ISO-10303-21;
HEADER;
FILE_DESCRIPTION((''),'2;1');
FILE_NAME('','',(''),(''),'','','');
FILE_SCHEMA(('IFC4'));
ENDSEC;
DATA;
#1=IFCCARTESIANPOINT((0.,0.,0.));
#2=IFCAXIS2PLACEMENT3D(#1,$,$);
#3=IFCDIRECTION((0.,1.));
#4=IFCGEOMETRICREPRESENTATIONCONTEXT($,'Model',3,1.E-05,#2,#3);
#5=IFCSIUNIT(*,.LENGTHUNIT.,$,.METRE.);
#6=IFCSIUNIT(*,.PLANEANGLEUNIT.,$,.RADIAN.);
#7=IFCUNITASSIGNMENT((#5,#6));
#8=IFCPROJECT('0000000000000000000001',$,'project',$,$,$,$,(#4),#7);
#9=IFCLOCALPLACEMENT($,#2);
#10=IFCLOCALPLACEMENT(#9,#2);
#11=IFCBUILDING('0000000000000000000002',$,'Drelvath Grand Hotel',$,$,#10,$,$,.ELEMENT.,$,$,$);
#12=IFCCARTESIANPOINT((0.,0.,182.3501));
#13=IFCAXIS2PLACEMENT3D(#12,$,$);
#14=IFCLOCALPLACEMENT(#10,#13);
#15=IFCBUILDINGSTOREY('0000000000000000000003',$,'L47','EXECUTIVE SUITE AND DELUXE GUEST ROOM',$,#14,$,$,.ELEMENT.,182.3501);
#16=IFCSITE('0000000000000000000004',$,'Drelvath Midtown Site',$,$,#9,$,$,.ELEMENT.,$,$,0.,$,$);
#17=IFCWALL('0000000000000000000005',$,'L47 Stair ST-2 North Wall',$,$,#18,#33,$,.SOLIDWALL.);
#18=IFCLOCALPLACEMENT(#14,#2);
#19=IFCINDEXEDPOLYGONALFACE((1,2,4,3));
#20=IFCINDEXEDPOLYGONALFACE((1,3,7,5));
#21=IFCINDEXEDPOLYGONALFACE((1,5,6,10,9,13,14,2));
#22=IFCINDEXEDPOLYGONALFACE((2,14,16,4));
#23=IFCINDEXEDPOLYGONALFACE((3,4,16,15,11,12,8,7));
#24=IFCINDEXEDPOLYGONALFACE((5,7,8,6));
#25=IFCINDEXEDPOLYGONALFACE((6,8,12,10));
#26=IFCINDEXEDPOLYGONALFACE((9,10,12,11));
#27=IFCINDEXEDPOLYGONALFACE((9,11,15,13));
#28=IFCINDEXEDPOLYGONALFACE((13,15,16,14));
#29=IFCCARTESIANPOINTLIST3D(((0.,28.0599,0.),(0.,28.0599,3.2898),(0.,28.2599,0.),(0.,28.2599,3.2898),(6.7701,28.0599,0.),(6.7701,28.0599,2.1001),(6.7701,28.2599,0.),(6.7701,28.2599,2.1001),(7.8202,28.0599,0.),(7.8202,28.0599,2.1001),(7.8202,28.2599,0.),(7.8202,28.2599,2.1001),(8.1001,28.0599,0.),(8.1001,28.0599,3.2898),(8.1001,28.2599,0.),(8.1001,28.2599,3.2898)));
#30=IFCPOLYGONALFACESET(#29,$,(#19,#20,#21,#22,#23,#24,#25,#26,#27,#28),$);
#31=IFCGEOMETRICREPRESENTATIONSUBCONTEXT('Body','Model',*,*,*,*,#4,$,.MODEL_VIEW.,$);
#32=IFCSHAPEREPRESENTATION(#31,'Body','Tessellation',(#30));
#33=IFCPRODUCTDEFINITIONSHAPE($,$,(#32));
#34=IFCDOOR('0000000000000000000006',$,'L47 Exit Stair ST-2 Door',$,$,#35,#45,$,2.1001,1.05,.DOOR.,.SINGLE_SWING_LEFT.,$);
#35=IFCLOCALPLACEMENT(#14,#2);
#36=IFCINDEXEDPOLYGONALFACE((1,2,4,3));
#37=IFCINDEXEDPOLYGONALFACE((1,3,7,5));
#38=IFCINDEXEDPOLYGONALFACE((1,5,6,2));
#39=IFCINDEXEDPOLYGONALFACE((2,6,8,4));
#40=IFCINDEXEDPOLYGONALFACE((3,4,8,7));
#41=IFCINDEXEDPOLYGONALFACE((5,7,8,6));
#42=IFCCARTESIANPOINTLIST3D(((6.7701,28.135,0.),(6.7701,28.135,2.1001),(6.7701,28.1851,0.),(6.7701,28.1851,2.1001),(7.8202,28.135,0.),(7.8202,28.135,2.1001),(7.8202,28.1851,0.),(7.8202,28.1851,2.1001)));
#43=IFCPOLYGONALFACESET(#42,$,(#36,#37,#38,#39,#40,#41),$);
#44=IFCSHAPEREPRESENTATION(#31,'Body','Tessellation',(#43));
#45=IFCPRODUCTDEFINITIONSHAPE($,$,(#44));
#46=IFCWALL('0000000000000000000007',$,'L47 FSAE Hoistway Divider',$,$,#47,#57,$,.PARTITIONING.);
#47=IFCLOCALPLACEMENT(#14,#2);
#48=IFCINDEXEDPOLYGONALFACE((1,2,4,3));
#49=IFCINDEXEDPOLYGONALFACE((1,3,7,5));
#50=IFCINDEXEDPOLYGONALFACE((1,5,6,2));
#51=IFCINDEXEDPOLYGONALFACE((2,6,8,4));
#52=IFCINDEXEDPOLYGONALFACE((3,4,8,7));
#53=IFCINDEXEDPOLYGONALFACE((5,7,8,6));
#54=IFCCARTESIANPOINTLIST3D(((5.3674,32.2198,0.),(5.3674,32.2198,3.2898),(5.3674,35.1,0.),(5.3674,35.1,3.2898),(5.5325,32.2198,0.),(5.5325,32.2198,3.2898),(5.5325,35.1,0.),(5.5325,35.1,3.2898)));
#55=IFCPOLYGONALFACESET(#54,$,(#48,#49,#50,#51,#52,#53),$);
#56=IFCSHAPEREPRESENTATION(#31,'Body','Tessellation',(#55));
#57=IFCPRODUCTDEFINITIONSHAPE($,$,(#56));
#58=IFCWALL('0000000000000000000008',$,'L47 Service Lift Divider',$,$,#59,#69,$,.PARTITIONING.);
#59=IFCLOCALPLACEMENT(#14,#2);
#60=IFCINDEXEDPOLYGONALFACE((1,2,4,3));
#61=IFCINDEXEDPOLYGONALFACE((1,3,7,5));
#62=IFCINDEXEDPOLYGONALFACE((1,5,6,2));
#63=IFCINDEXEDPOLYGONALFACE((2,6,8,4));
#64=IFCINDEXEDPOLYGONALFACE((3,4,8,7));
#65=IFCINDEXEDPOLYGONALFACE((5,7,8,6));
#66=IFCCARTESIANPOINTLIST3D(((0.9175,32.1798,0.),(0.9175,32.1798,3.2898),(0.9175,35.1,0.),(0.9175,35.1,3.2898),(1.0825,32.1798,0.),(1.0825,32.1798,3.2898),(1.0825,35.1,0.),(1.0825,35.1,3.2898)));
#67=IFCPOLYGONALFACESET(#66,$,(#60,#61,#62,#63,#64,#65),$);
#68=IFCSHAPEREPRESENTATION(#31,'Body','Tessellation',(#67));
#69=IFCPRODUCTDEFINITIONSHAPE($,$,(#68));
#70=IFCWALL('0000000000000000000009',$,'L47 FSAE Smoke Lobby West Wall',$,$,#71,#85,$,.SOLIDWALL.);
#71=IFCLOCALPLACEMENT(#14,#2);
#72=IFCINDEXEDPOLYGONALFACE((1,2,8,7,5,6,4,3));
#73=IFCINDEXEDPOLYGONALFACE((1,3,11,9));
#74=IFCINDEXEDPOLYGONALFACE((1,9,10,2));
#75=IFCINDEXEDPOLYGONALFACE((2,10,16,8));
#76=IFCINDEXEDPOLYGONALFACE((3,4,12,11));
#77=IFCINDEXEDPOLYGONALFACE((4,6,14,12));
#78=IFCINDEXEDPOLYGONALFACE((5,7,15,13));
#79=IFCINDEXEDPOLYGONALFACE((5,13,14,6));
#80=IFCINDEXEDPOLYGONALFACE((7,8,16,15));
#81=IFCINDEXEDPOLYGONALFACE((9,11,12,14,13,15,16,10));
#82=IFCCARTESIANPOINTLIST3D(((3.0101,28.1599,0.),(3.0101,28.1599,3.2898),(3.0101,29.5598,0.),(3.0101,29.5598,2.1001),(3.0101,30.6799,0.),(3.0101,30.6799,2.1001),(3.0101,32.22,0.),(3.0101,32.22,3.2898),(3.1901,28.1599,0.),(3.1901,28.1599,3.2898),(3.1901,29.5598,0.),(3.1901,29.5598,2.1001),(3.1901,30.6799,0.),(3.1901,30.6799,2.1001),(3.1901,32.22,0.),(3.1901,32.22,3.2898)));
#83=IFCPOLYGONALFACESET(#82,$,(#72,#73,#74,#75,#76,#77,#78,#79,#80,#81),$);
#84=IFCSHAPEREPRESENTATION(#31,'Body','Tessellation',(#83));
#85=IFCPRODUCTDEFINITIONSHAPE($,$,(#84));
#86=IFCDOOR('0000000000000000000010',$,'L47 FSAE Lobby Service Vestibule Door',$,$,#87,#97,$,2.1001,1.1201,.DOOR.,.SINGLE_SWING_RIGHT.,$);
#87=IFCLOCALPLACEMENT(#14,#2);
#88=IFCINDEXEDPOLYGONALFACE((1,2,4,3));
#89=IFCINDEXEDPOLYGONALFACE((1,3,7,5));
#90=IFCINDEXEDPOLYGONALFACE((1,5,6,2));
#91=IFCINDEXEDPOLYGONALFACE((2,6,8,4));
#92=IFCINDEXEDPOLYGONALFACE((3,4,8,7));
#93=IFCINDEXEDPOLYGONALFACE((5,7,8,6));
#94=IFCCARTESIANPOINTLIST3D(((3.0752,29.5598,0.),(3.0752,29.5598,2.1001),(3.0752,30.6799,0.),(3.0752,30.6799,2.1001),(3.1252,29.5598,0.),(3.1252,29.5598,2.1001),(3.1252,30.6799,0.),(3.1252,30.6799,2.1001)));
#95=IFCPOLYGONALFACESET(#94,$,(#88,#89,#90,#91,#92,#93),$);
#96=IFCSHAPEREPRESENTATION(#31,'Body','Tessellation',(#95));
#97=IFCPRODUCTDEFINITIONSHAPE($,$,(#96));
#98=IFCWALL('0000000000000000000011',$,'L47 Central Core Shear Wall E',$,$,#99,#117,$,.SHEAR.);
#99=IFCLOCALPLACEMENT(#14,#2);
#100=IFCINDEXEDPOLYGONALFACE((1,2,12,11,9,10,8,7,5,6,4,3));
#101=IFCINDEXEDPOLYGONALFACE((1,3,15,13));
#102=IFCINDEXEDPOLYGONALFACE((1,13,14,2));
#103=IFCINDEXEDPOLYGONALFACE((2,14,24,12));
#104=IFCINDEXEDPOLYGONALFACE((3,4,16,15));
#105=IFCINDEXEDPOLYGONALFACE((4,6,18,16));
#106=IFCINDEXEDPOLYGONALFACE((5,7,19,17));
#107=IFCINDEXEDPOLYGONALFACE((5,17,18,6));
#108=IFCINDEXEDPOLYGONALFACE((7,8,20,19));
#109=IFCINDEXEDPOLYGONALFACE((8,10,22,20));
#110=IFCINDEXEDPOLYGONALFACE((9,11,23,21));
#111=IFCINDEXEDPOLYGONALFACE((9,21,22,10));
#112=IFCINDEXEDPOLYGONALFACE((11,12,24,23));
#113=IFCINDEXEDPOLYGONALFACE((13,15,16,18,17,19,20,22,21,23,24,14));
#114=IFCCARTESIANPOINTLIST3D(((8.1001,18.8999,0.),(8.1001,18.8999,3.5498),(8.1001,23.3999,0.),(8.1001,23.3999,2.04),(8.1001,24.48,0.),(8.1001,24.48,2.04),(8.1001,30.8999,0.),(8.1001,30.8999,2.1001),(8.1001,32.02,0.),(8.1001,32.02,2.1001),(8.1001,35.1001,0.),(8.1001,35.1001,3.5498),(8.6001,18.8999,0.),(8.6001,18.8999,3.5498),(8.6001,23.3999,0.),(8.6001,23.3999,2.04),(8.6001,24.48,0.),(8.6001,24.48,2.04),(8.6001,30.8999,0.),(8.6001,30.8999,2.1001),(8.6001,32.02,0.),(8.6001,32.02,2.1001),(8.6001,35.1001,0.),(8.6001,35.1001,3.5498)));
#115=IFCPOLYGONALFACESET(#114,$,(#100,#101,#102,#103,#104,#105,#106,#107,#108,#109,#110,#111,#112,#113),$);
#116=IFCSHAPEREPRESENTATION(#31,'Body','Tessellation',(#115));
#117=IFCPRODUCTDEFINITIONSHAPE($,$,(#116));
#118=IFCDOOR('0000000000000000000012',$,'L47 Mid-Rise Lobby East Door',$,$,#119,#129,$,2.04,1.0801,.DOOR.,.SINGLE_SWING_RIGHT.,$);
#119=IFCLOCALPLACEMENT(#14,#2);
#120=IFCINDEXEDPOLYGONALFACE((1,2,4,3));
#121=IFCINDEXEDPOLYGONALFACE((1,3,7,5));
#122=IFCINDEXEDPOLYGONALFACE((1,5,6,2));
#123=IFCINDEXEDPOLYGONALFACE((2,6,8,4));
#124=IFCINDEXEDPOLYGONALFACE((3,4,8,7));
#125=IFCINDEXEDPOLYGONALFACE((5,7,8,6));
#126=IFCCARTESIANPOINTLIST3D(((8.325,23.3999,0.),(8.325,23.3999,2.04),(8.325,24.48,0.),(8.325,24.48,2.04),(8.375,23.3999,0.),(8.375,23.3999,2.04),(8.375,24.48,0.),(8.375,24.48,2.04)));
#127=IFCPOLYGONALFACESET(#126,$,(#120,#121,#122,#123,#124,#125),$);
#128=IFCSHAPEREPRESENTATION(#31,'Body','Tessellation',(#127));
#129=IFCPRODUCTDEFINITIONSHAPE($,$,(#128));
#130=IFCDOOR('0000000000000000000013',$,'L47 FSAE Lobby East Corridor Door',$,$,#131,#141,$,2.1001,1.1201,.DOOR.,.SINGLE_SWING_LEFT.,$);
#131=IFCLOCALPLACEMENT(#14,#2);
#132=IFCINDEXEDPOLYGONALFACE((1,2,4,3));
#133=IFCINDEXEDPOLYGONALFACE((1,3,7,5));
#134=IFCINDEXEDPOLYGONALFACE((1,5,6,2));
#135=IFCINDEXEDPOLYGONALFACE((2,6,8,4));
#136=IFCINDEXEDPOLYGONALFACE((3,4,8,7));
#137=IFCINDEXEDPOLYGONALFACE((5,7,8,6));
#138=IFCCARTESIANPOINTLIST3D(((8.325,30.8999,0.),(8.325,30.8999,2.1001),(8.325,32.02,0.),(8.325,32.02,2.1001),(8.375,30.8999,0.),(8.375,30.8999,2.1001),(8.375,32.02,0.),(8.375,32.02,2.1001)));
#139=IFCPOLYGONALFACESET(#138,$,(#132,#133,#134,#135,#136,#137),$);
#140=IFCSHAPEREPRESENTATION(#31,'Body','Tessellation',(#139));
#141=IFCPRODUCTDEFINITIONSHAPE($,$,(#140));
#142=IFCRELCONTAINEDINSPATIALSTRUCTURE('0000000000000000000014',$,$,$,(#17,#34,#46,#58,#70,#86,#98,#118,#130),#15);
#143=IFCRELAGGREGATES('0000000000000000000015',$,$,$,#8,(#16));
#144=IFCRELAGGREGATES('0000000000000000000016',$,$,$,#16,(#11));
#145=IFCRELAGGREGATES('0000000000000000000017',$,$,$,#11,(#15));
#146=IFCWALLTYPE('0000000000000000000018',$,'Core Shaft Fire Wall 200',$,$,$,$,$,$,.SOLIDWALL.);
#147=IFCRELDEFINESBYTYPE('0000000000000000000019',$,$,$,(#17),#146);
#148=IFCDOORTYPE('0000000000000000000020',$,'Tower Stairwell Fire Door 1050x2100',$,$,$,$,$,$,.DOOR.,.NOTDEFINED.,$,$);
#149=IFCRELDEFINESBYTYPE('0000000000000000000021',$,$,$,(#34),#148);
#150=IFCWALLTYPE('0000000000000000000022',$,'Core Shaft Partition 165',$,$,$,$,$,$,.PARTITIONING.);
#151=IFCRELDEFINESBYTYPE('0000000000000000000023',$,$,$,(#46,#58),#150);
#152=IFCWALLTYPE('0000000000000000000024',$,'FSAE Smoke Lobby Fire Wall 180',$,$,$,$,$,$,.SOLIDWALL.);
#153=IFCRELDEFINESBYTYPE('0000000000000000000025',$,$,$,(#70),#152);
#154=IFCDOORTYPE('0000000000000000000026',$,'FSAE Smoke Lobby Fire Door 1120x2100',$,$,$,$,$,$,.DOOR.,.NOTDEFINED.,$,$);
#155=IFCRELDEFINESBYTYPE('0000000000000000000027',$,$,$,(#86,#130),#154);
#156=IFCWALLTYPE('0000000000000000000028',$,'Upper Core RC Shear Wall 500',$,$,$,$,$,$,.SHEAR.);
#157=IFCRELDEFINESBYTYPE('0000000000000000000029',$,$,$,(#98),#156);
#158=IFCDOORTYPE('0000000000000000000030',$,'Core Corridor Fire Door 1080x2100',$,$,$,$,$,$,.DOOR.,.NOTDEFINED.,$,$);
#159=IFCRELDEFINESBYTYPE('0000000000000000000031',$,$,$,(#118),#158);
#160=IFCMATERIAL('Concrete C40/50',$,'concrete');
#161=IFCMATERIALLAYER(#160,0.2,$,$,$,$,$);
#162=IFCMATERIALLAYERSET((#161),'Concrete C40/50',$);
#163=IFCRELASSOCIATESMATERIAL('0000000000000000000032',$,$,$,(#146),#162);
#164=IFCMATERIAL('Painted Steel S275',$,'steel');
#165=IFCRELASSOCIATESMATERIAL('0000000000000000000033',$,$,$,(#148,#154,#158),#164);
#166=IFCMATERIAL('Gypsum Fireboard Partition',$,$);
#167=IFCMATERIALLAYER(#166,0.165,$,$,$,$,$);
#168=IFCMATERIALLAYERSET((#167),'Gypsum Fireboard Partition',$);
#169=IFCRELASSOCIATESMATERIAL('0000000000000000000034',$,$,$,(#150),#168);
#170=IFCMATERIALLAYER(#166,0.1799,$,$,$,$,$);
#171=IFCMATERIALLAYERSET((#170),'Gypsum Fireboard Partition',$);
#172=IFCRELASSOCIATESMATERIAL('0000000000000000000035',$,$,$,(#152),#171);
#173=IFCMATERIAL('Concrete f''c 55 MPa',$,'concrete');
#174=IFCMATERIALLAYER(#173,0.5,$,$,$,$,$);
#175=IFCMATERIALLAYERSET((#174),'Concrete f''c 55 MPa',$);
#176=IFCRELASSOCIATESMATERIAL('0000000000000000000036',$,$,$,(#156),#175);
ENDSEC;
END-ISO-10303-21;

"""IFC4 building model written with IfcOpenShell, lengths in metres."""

from ifc_helpers import new_model, si_unit, direction, frame, frame_2d, origin, place, context, subcontext, project, spatial, rectangle, extrude, material, layer, layer_set, type_object, element, fill, save


model = new_model("IFC4")

# Units and contexts
model_context = context("Model", 3, precision=1e-05, world=origin(), true_north=direction((0.0, 1.0)))
body_context = subcontext(model_context, "Body", "Model", "MODEL_VIEW")
ifc_project = project(units=[si_unit("LENGTHUNIT", "METRE"), si_unit("PLANEANGLEUNIT", "RADIAN")], contexts=[model_context])

# Site, building, storey
site_placement = place(None, origin())
site = spatial("IfcSite", under=ifc_project, at=site_placement, Name="Drelvath Midtown Site", CompositionType="ELEMENT", RefElevation=0.0)
building_placement = place(site_placement, origin())
building = spatial("IfcBuilding", under=site, at=building_placement, Name="Drelvath Grand Hotel", CompositionType="ELEMENT")
storey_placement = place(building_placement, frame((0.0, 0.0, 182.3501)))
storey = spatial("IfcBuildingStorey", under=building, at=storey_placement, Name="L47", Description="EXECUTIVE SUITE AND DELUXE GUEST ROOM", CompositionType="ELEMENT", Elevation=182.3501)

# Shared definitions
ifc_material_1 = material(Name="Concrete f'c 55 MPa", Category="concrete")

# Shared definitions
ifc_material_2 = material(Name="Concrete C40/50", Category="concrete")

# Wall, opening, door
ifc_layer_1 = layer(ifc_material_2, 0.2)
ifc_layer_set_1 = layer_set([ifc_layer_1], Name="Concrete C40/50")
wall_type_1 = type_object("IfcWallType", Name="Core Shaft Fire Wall 200", PredefinedType="SOLIDWALL", material=ifc_layer_set_1)
wall_1_placement = place(storey_placement, frame((8.1001, 28.1599, 0.0), z_axis=(0.0, 0.0, 1.0), x_axis=(-1.0, 0.0, 0.0)))
wall_1 = element("IfcWall", 1, at=wall_1_placement, inside=storey, type_object=wall_type_1, Name="L47 Stair ST-2 North Wall", PredefinedType="SOLIDWALL", context=body_context, shape_type="SweptSolid", body=[
    extrude(rectangle(XDim=8.1001, YDim=0.2, at=frame_2d((4.05, 0.0))), origin(), (0.0, 0.0, 1.0), 3.2898),
])
opening_1_placement = place(wall_1_placement, frame((0.28, 0.0, 0.0)))
opening_1 = element("IfcOpeningElement", 2, at=opening_1_placement, cuts=wall_1, PredefinedType="OPENING", context=body_context, shape_type="SweptSolid", body=[
    extrude(rectangle(XDim=1.05, YDim=2.1001, at=frame_2d((0.5249, 1.05))), frame((0.0, 0.1099, 0.0), z_axis=(0.0, -1.0, 0.0), x_axis=(1.0, 0.0, 0.0)), (0.0, 0.0, 1.0), 0.22),
])
ifc_material_3 = material(Name="Painted Steel S275", Category="steel")
door_type_1 = type_object("IfcDoorType", Name="Tower Stairwell Fire Door 1050x2100", OperationType="NOTDEFINED", PredefinedType="DOOR", material=ifc_material_3)
door_1_placement = place(opening_1_placement, origin())
door_1 = element("IfcDoor", 3, at=door_1_placement, inside=storey, type_object=door_type_1, Name="L47 Exit Stair ST-2 Door", OperationType="SINGLE_SWING_LEFT", OverallHeight=2.1001, OverallWidth=1.05, PredefinedType="DOOR", context=body_context, shape_type="SweptSolid", body=[
    extrude(rectangle(XDim=1.05, YDim=2.1001, at=frame_2d((0.5249, 1.05))), frame((0.0, 0.0249, 0.0), z_axis=(0.0, -1.0, 0.0), x_axis=(1.0, 0.0, 0.0)), (0.0, 0.0, 1.0), 0.05),
])
fill(opening_1, door_1)

# Walls
ifc_material_4 = material(Name="Gypsum Fireboard Partition")
ifc_layer_2 = layer(ifc_material_4, 0.165)
ifc_layer_set_2 = layer_set([ifc_layer_2], Name="Gypsum Fireboard Partition")
wall_type_2 = type_object("IfcWallType", Name="Core Shaft Partition 165", PredefinedType="PARTITIONING", material=ifc_layer_set_2)
wall_2_placement = place(storey_placement, frame((5.45, 32.22, 0.0), z_axis=(0.0, 0.0, 1.0), x_axis=(0.0, 1.0, 0.0)))
element("IfcWall", 4, at=wall_2_placement, inside=storey, type_object=wall_type_2, Name="L47 FSAE Hoistway Divider", PredefinedType="PARTITIONING", context=body_context, shape_type="SweptSolid", body=[
    extrude(rectangle(XDim=2.8801, YDim=0.165, at=frame_2d((1.4399, 0.0))), origin(), (0.0, 0.0, 1.0), 3.2898),
])
wall_3_placement = place(storey_placement, frame((1.0, 32.1799, 0.0), z_axis=(0.0, 0.0, 1.0), x_axis=(0.0, 1.0, 0.0)))
element("IfcWall", 5, at=wall_3_placement, inside=storey, type_object=wall_type_2, Name="L47 Service Lift Divider", PredefinedType="PARTITIONING", context=body_context, shape_type="SweptSolid", body=[
    extrude(rectangle(XDim=2.9202, YDim=0.165, at=frame_2d((1.46, 0.0))), origin(), (0.0, 0.0, 1.0), 3.2898),
])

# Wall, opening, door
ifc_layer_3 = layer(ifc_material_4, 0.1799)
ifc_layer_set_3 = layer_set([ifc_layer_3], Name="Gypsum Fireboard Partition")
wall_type_3 = type_object("IfcWallType", Name="FSAE Smoke Lobby Fire Wall 180", PredefinedType="SOLIDWALL", material=ifc_layer_set_3)
wall_4_placement = place(storey_placement, frame((3.1001, 28.1599, 0.0), z_axis=(0.0, 0.0, 1.0), x_axis=(0.0, 1.0, 0.0)))
wall_4 = element("IfcWall", 6, at=wall_4_placement, inside=storey, type_object=wall_type_3, Name="L47 FSAE Smoke Lobby West Wall", PredefinedType="SOLIDWALL", context=body_context, shape_type="SweptSolid", body=[
    extrude(rectangle(XDim=4.0601, YDim=0.1799, at=frame_2d((2.03, 0.0))), origin(), (0.0, 0.0, 1.0), 3.2898),
])
opening_2_placement = place(wall_4_placement, frame((1.3999, 0.0, 0.0)))
opening_2 = element("IfcOpeningElement", 7, at=opening_2_placement, cuts=wall_4, PredefinedType="OPENING", context=body_context, shape_type="SweptSolid", body=[
    extrude(rectangle(XDim=1.1201, YDim=2.1001, at=frame_2d((0.5601, 1.05))), frame((0.0, 0.0999, 0.0), z_axis=(0.0, -1.0, 0.0), x_axis=(1.0, 0.0, 0.0)), (0.0, 0.0, 1.0), 0.2),
])
door_type_2 = type_object("IfcDoorType", Name="FSAE Smoke Lobby Fire Door 1120x2100", OperationType="NOTDEFINED", PredefinedType="DOOR", material=ifc_material_3)
door_2_placement = place(opening_2_placement, origin())
door_2 = element("IfcDoor", 8, at=door_2_placement, inside=storey, type_object=door_type_2, Name="L47 FSAE Lobby Service Vestibule Door", OperationType="SINGLE_SWING_RIGHT", OverallHeight=2.1001, OverallWidth=1.1201, PredefinedType="DOOR", context=body_context, shape_type="SweptSolid", body=[
    extrude(rectangle(XDim=1.1201, YDim=2.1001, at=frame_2d((0.5601, 1.05))), frame((0.0, 0.0249, 0.0), z_axis=(0.0, -1.0, 0.0), x_axis=(1.0, 0.0, 0.0)), (0.0, 0.0, 1.0), 0.05),
])
fill(opening_2, door_2)

# Wall, openings, doors
ifc_layer_4 = layer(ifc_material_1, 0.5)
ifc_layer_set_4 = layer_set([ifc_layer_4], Name="Concrete f'c 55 MPa")
wall_type_4 = type_object("IfcWallType", Name="Upper Core RC Shear Wall 500", PredefinedType="SHEAR", material=ifc_layer_set_4)
wall_5_placement = place(storey_placement, frame((8.3501, 35.1001, 0.0), z_axis=(0.0, 0.0, 1.0), x_axis=(0.0, -1.0, 0.0)))
wall_5 = element("IfcWall", 9, at=wall_5_placement, inside=storey, type_object=wall_type_4, Name="L47 Central Core Shear Wall E", PredefinedType="SHEAR", context=body_context, shape_type="SweptSolid", body=[
    extrude(rectangle(XDim=16.2002, YDim=0.5, at=frame_2d((8.1001, 0.0))), origin(), (0.0, 0.0, 1.0), 3.5498),
])
opening_3_placement = place(wall_5_placement, frame((3.0801, 0.0, 0.0)))
opening_3 = element("IfcOpeningElement", 10, at=opening_3_placement, cuts=wall_5, PredefinedType="OPENING", context=body_context, shape_type="SweptSolid", body=[
    extrude(rectangle(XDim=1.1201, YDim=2.1001, at=frame_2d((0.5601, 1.05))), frame((0.0, 0.26, 0.0), z_axis=(0.0, -1.0, 0.0), x_axis=(1.0, 0.0, 0.0)), (0.0, 0.0, 1.0), 0.52),
])
opening_4_placement = place(wall_5_placement, frame((10.6201, 0.0, 0.0)))
opening_4 = element("IfcOpeningElement", 11, at=opening_4_placement, cuts=wall_5, PredefinedType="OPENING", context=body_context, shape_type="SweptSolid", body=[
    extrude(rectangle(XDim=1.0801, YDim=2.04, at=frame_2d((0.54, 1.02))), frame((0.0, 0.26, 0.0), z_axis=(0.0, -1.0, 0.0), x_axis=(1.0, 0.0, 0.0)), (0.0, 0.0, 1.0), 0.52),
])
door_type_3 = type_object("IfcDoorType", Name="Core Corridor Fire Door 1080x2100", OperationType="NOTDEFINED", PredefinedType="DOOR", material=ifc_material_3)
door_3_placement = place(opening_4_placement, origin())
door_3 = element("IfcDoor", 12, at=door_3_placement, inside=storey, type_object=door_type_3, Name="L47 Mid-Rise Lobby East Door", OperationType="SINGLE_SWING_RIGHT", OverallHeight=2.04, OverallWidth=1.0801, PredefinedType="DOOR", context=body_context, shape_type="SweptSolid", body=[
    extrude(rectangle(XDim=1.0801, YDim=2.04, at=frame_2d((0.54, 1.02))), frame((0.0, 0.0249, 0.0), z_axis=(0.0, -1.0, 0.0), x_axis=(1.0, 0.0, 0.0)), (0.0, 0.0, 1.0), 0.05),
])
fill(opening_4, door_3)
door_4_placement = place(opening_3_placement, origin())
door_4 = element("IfcDoor", 13, at=door_4_placement, inside=storey, type_object=door_type_2, Name="L47 FSAE Lobby East Corridor Door", OperationType="SINGLE_SWING_LEFT", OverallHeight=2.1001, OverallWidth=1.1201, PredefinedType="DOOR", context=body_context, shape_type="SweptSolid", body=[
    extrude(rectangle(XDim=1.1201, YDim=2.1001, at=frame_2d((0.5601, 1.05))), frame((0.0, 0.0249, 0.0), z_axis=(0.0, -1.0, 0.0), x_axis=(1.0, 0.0, 0.0)), (0.0, 0.0, 1.0), 0.05),
])
fill(opening_3, door_4)

save(model, "model.ifc")
